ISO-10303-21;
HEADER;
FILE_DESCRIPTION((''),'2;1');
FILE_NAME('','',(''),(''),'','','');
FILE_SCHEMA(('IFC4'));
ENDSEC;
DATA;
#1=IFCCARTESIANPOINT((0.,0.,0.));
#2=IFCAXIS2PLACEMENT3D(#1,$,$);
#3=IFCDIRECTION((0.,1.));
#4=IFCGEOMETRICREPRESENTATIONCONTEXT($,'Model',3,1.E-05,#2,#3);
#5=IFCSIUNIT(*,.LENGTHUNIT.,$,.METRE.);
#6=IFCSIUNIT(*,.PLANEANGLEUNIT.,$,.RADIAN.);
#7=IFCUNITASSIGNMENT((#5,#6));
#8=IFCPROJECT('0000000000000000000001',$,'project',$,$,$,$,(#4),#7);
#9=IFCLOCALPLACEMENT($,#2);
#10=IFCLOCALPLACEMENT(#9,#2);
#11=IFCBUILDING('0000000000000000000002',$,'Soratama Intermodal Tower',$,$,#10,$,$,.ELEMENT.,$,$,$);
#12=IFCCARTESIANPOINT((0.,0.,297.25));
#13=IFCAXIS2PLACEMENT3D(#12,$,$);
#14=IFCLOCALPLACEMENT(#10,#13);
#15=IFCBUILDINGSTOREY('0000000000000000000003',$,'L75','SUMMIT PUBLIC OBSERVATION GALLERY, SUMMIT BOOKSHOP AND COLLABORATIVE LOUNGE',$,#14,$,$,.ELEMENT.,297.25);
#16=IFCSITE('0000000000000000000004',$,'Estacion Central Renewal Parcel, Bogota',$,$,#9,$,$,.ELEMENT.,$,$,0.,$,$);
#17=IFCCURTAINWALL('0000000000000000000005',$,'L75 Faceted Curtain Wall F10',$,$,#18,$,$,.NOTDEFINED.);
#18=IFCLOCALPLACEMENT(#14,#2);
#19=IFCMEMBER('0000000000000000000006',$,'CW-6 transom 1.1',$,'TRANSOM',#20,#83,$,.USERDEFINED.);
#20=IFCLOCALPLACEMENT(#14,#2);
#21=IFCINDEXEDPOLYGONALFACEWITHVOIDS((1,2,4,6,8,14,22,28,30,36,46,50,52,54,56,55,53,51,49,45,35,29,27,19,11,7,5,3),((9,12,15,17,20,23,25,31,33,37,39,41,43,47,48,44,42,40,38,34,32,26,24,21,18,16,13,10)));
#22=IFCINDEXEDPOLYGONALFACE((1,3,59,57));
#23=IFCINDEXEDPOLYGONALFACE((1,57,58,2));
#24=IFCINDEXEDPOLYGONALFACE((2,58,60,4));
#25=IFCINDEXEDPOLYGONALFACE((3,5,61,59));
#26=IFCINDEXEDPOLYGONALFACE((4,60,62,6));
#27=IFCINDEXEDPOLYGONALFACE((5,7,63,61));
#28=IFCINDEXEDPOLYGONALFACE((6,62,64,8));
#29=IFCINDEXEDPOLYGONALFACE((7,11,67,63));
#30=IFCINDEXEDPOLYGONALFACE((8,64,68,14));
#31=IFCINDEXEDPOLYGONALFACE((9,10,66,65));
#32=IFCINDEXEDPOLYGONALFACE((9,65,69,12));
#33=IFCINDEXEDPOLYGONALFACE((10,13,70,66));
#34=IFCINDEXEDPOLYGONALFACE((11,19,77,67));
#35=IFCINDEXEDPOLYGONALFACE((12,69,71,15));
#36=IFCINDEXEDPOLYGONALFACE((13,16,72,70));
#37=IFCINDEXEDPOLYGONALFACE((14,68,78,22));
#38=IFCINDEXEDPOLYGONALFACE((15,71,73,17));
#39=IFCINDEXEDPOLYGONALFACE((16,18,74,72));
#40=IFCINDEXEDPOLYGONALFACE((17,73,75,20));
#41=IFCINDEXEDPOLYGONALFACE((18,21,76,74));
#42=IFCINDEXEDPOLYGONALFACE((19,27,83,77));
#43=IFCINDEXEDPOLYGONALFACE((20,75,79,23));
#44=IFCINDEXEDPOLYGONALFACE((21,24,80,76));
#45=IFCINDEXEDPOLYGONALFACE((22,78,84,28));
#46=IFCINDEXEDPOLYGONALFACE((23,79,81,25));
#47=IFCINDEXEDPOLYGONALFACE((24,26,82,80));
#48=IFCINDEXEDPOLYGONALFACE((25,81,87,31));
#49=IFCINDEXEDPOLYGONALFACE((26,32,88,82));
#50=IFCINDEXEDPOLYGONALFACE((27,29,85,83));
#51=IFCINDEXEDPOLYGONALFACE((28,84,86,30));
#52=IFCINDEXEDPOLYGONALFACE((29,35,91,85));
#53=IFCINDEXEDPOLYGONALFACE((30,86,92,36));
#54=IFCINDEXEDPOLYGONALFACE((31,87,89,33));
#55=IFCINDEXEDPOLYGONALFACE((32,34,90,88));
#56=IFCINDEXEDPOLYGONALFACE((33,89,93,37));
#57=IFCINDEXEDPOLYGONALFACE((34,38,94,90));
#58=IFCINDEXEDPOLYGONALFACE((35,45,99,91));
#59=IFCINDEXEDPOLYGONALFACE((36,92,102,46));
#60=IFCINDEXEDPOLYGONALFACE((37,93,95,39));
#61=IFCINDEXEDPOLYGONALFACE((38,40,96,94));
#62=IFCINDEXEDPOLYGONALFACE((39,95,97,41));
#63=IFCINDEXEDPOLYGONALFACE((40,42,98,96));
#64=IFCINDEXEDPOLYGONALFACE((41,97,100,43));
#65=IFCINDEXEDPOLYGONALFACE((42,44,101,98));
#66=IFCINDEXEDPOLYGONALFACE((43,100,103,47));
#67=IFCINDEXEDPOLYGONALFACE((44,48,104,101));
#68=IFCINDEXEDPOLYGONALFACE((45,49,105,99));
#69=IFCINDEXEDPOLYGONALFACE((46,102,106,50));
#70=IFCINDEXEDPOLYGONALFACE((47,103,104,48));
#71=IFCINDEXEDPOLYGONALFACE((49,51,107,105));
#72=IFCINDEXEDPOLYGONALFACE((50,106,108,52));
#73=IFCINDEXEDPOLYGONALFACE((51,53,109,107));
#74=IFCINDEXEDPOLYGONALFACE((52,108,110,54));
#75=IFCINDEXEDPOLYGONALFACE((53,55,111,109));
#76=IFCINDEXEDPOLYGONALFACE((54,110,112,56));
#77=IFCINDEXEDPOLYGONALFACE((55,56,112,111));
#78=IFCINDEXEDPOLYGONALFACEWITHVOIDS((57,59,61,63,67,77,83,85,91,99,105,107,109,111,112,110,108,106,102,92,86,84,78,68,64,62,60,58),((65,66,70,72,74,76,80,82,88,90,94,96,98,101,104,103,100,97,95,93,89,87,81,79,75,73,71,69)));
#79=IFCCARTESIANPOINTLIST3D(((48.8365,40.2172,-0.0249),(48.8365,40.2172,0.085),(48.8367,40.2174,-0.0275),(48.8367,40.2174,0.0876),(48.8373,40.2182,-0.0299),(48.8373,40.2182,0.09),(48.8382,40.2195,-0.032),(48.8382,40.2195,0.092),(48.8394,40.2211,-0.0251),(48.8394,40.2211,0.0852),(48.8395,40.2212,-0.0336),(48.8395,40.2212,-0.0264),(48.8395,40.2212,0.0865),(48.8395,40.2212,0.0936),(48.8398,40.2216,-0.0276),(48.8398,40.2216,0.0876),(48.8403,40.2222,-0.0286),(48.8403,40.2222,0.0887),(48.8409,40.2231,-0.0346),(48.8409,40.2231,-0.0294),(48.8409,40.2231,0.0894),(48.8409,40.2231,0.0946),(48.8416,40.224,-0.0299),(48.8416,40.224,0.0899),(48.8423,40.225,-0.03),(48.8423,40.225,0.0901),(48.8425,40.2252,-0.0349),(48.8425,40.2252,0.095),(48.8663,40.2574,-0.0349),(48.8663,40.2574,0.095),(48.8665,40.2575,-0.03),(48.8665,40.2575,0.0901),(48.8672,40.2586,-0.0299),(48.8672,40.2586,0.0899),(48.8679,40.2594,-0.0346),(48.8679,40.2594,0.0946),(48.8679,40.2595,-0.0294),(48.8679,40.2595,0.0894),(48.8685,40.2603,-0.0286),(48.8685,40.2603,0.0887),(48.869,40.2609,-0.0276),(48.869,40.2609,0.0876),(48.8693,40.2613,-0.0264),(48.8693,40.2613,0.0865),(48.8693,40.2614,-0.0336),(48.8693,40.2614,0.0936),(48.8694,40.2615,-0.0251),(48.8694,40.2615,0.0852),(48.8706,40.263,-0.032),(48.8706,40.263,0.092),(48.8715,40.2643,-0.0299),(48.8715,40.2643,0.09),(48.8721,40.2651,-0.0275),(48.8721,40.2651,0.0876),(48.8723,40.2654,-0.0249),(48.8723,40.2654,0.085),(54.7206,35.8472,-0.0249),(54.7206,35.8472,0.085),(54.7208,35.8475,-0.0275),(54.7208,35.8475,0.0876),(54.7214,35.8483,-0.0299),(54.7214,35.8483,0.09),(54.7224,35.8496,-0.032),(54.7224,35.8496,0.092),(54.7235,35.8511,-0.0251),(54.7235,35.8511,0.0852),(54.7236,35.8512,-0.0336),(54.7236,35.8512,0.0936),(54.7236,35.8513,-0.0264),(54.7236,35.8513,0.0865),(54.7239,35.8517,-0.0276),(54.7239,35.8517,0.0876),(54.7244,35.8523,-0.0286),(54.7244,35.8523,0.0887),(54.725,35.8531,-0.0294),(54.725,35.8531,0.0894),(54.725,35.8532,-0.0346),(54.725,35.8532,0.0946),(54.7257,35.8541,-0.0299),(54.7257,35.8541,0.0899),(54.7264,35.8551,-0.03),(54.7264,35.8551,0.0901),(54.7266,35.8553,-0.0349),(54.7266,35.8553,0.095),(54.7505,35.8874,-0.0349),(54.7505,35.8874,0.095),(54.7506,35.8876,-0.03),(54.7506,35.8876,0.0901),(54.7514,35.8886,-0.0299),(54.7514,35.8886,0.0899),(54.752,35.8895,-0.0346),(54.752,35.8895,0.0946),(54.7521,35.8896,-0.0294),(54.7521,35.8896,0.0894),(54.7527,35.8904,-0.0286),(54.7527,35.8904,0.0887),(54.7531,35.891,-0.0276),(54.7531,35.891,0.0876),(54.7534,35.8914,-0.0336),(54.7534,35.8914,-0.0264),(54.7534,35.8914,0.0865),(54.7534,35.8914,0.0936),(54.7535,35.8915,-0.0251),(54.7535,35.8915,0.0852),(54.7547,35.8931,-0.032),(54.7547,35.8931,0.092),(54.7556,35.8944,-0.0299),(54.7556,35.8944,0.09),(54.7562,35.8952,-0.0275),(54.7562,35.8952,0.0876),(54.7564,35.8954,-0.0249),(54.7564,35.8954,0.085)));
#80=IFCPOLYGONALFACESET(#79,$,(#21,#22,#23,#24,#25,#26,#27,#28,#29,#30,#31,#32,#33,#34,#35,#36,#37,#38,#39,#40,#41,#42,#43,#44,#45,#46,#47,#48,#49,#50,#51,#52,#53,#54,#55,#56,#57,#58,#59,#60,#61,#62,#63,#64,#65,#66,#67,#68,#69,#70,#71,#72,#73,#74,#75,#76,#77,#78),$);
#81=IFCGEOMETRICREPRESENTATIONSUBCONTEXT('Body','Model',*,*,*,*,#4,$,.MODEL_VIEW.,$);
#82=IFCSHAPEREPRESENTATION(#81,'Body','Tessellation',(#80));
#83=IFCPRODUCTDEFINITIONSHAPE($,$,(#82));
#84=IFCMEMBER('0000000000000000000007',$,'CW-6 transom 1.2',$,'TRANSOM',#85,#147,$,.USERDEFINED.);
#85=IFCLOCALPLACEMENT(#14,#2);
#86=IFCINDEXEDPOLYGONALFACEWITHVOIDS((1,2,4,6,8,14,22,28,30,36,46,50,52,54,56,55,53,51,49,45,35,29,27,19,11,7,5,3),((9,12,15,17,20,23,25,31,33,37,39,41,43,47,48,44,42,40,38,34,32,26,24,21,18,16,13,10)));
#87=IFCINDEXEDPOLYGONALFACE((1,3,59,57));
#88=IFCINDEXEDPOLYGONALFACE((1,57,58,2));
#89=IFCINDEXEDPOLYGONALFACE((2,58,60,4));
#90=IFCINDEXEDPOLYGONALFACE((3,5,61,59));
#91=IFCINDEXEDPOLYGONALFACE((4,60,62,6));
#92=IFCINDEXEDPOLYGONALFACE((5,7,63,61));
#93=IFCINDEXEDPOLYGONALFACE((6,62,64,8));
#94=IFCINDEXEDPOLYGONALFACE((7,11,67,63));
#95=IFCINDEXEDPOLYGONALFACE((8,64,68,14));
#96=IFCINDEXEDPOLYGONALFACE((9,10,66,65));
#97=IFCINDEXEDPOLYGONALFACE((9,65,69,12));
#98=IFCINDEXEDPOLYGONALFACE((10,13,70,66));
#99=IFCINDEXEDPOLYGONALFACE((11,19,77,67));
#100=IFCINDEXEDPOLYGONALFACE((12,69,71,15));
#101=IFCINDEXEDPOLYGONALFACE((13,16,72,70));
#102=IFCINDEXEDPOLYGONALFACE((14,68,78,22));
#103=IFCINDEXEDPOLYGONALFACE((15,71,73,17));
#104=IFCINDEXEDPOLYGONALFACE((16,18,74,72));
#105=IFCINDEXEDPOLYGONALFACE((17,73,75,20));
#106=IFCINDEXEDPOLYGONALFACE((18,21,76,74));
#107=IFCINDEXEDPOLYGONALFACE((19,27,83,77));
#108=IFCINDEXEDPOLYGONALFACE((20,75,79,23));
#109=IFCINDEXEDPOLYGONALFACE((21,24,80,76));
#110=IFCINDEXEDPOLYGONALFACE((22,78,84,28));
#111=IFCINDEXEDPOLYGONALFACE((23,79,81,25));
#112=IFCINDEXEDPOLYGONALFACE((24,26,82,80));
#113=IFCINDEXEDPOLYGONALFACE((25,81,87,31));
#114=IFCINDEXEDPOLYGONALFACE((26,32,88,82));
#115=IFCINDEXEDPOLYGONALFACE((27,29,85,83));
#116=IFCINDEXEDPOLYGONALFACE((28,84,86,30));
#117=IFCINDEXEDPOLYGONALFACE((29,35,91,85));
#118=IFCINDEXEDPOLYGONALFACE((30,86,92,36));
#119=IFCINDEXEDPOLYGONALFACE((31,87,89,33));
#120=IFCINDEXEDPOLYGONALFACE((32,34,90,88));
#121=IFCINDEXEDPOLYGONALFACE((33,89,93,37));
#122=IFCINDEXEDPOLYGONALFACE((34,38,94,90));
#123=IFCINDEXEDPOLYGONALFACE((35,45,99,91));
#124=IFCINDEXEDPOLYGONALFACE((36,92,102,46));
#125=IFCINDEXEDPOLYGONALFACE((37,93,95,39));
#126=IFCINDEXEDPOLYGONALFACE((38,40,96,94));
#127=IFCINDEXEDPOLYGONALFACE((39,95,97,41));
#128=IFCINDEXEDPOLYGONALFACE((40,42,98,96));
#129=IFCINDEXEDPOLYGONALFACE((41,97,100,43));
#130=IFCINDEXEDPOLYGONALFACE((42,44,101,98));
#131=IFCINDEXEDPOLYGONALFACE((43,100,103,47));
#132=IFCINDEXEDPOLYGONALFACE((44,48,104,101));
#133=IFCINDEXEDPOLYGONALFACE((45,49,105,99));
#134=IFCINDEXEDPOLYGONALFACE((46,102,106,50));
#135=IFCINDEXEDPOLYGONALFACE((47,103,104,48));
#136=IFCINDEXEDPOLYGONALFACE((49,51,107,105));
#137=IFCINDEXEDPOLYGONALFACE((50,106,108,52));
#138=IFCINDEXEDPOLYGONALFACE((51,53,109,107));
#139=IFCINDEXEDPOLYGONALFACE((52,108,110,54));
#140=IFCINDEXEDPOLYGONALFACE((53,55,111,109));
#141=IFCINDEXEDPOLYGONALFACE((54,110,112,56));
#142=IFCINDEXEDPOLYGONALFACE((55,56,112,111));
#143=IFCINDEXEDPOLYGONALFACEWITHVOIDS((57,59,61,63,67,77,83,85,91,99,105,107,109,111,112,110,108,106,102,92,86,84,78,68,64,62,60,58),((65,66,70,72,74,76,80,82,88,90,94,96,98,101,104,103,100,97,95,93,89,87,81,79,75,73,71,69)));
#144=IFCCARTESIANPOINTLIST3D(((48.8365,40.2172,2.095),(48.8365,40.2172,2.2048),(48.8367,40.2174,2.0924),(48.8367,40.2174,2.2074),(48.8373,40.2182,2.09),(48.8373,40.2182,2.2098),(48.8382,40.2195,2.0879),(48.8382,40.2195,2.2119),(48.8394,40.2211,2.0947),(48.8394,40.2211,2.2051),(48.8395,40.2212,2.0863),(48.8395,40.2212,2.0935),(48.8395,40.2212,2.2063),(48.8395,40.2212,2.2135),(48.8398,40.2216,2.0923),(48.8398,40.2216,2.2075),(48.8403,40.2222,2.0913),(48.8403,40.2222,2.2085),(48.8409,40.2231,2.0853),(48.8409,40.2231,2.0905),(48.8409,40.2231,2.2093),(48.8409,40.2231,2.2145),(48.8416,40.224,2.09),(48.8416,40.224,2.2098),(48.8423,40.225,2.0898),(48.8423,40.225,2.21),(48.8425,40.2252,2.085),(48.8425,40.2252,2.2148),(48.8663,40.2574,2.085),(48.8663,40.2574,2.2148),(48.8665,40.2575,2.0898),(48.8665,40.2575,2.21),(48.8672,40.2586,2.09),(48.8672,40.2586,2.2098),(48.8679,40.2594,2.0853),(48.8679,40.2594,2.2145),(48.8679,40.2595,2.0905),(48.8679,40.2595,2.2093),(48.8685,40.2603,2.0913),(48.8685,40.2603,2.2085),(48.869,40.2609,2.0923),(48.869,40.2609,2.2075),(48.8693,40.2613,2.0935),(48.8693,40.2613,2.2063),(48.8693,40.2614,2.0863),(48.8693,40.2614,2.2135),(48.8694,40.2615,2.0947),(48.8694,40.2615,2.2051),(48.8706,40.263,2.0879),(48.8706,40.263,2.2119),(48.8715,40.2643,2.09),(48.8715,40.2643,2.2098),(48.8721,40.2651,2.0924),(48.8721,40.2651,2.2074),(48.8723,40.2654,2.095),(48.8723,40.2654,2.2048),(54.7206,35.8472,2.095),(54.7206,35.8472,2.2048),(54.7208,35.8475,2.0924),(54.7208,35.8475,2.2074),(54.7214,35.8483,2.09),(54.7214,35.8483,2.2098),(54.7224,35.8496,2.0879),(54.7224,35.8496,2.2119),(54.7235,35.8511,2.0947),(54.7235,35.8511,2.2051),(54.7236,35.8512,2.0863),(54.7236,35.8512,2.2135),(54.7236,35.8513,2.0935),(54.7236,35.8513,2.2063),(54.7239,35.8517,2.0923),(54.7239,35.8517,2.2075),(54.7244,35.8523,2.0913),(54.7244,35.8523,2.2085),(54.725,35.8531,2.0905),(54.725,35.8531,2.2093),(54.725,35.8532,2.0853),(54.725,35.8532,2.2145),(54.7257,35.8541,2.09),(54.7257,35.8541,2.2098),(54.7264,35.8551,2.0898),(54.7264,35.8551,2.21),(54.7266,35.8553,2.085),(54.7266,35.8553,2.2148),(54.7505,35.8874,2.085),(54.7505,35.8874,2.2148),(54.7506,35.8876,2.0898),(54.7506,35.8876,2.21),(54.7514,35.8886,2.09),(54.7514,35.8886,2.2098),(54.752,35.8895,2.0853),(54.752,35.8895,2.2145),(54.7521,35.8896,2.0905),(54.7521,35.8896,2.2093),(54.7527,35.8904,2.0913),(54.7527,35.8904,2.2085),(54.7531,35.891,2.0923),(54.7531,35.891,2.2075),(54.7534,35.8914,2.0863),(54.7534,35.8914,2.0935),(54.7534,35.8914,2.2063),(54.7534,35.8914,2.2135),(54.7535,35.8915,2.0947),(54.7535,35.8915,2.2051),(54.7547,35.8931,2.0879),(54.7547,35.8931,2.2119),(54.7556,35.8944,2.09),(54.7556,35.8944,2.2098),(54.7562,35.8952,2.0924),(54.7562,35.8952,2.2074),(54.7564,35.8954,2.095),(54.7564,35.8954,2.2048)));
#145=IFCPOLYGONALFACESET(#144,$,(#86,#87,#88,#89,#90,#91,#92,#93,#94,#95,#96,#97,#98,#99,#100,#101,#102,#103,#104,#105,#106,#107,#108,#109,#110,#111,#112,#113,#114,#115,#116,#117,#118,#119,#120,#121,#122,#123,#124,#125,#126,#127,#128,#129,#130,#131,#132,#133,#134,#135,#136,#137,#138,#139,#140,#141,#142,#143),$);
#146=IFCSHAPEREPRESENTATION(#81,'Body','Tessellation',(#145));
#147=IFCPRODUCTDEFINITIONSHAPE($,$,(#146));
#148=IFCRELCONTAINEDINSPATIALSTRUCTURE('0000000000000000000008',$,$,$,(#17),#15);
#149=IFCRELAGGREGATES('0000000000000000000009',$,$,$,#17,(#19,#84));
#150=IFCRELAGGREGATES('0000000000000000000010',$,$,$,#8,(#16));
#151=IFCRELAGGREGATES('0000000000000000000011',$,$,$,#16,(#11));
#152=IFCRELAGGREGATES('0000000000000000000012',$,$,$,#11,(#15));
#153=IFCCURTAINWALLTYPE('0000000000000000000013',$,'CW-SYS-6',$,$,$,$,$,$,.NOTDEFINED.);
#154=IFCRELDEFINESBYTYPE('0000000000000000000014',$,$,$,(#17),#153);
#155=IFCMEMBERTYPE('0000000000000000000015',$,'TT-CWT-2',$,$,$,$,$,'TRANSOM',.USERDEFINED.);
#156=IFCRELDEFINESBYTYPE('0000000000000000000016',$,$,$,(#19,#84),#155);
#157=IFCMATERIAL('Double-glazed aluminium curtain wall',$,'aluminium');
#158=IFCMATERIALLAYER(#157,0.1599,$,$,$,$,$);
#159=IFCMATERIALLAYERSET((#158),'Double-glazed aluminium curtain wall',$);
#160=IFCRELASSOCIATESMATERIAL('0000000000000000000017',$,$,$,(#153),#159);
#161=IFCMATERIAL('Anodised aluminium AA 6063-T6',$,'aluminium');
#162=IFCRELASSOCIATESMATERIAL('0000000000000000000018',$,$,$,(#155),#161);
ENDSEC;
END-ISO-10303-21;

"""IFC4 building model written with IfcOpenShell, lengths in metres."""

from ifc_helpers import new_model, si_unit, direction, frame, origin, origin_2d, place, context, subcontext, project, spatial, hollow_rectangle, extrude, material, layer, layer_set, material_profile, profile_set, type_object, element, aggregate, save


model = new_model("IFC4")

# Units and contexts
model_context = context("Model", 3, precision=1e-05, world=origin(), true_north=direction((0.0, 1.0)))
body_context = subcontext(model_context, "Body", "Model", "MODEL_VIEW")
ifc_project = project(units=[si_unit("LENGTHUNIT", "METRE"), si_unit("PLANEANGLEUNIT", "RADIAN")], contexts=[model_context])

# Site, building, storey
site_placement = place(None, origin())
site = spatial("IfcSite", under=ifc_project, at=site_placement, Name="Estacion Central Renewal Parcel, Bogota", CompositionType="ELEMENT", RefElevation=0.0)
building_placement = place(site_placement, origin())
building = spatial("IfcBuilding", under=site, at=building_placement, Name="Soratama Intermodal Tower", CompositionType="ELEMENT")
storey_placement = place(building_placement, frame((0.0, 0.0, 297.25)))
storey = spatial("IfcBuildingStorey", under=building, at=storey_placement, Name="L75", Description="SUMMIT PUBLIC OBSERVATION GALLERY, SUMMIT BOOKSHOP AND COLLABORATIVE LOUNGE", CompositionType="ELEMENT", Elevation=297.25)

# Shared definitions
ifc_material_1 = material(Name="Double-glazed aluminium curtain wall", Category="aluminium")
ifc_layer_1 = layer(ifc_material_1, 0.1599)
ifc_layer_set_1 = layer_set([ifc_layer_1], Name="Double-glazed aluminium curtain wall")
curtain_wall_type = type_object("IfcCurtainWallType", Name="CW-SYS-6", PredefinedType="NOTDEFINED", material=ifc_layer_set_1)

# Curtain wall
curtain_wall_1_placement = place(storey_placement, origin())
curtain_wall_1 = element("IfcCurtainWall", 1, at=curtain_wall_1_placement, inside=storey, type_object=curtain_wall_type, Name="L75 Faceted Curtain Wall F10", PredefinedType="NOTDEFINED")

# Members
ifc_material_2 = material(Name="Anodised aluminium AA 6063-T6", Category="aluminium")
ifc_material_profile_1 = material_profile(ifc_material_2, hollow_rectangle(XDim=0.0601, YDim=0.1299, WallThickness=0.0049, InnerFilletRadius=0.0049, OuterFilletRadius=0.01, at=origin_2d()), Name="CWT130X60X5")
ifc_profile_set_1 = profile_set([ifc_material_profile_1], Name="Anodised aluminium AA 6063-T6")
member_type_1 = type_object("IfcMemberType", Name="TT-CWT-2", ElementType="TRANSOM", PredefinedType="USERDEFINED", material=ifc_profile_set_1)
member_1_placement = place(storey_placement, frame((54.7385, 35.8713, 0.03), z_axis=(-0.802817, 0.596225, 0.0), x_axis=(-0.596225, -0.802817, 0.0)))
member_1 = element("IfcMember", 2, at=member_1_placement, type_object=member_type_1, Name="CW-6 transom 1.1", ObjectType="TRANSOM", PredefinedType="USERDEFINED", context=body_context, shape_type="SweptSolid", body=[
    extrude(hollow_rectangle(XDim=0.0601, YDim=0.1299, WallThickness=0.0049, InnerFilletRadius=0.0049, OuterFilletRadius=0.01, at=origin_2d()), origin(), (0.0, 0.0, 1.0), 7.3293),
])
member_2_placement = place(storey_placement, frame((54.7385, 35.8713, 2.1499), z_axis=(-0.802817, 0.596225, 0.0), x_axis=(-0.596225, -0.802817, 0.0)))
member_2 = element("IfcMember", 3, at=member_2_placement, type_object=member_type_1, Name="CW-6 transom 1.2", ObjectType="TRANSOM", PredefinedType="USERDEFINED", context=body_context, shape_type="SweptSolid", body=[
    extrude(hollow_rectangle(XDim=0.0601, YDim=0.1299, WallThickness=0.0049, InnerFilletRadius=0.0049, OuterFilletRadius=0.01, at=origin_2d()), origin(), (0.0, 0.0, 1.0), 7.3293),
])

aggregate(curtain_wall_1, [member_1, member_2])

save(model, "model.ifc")
